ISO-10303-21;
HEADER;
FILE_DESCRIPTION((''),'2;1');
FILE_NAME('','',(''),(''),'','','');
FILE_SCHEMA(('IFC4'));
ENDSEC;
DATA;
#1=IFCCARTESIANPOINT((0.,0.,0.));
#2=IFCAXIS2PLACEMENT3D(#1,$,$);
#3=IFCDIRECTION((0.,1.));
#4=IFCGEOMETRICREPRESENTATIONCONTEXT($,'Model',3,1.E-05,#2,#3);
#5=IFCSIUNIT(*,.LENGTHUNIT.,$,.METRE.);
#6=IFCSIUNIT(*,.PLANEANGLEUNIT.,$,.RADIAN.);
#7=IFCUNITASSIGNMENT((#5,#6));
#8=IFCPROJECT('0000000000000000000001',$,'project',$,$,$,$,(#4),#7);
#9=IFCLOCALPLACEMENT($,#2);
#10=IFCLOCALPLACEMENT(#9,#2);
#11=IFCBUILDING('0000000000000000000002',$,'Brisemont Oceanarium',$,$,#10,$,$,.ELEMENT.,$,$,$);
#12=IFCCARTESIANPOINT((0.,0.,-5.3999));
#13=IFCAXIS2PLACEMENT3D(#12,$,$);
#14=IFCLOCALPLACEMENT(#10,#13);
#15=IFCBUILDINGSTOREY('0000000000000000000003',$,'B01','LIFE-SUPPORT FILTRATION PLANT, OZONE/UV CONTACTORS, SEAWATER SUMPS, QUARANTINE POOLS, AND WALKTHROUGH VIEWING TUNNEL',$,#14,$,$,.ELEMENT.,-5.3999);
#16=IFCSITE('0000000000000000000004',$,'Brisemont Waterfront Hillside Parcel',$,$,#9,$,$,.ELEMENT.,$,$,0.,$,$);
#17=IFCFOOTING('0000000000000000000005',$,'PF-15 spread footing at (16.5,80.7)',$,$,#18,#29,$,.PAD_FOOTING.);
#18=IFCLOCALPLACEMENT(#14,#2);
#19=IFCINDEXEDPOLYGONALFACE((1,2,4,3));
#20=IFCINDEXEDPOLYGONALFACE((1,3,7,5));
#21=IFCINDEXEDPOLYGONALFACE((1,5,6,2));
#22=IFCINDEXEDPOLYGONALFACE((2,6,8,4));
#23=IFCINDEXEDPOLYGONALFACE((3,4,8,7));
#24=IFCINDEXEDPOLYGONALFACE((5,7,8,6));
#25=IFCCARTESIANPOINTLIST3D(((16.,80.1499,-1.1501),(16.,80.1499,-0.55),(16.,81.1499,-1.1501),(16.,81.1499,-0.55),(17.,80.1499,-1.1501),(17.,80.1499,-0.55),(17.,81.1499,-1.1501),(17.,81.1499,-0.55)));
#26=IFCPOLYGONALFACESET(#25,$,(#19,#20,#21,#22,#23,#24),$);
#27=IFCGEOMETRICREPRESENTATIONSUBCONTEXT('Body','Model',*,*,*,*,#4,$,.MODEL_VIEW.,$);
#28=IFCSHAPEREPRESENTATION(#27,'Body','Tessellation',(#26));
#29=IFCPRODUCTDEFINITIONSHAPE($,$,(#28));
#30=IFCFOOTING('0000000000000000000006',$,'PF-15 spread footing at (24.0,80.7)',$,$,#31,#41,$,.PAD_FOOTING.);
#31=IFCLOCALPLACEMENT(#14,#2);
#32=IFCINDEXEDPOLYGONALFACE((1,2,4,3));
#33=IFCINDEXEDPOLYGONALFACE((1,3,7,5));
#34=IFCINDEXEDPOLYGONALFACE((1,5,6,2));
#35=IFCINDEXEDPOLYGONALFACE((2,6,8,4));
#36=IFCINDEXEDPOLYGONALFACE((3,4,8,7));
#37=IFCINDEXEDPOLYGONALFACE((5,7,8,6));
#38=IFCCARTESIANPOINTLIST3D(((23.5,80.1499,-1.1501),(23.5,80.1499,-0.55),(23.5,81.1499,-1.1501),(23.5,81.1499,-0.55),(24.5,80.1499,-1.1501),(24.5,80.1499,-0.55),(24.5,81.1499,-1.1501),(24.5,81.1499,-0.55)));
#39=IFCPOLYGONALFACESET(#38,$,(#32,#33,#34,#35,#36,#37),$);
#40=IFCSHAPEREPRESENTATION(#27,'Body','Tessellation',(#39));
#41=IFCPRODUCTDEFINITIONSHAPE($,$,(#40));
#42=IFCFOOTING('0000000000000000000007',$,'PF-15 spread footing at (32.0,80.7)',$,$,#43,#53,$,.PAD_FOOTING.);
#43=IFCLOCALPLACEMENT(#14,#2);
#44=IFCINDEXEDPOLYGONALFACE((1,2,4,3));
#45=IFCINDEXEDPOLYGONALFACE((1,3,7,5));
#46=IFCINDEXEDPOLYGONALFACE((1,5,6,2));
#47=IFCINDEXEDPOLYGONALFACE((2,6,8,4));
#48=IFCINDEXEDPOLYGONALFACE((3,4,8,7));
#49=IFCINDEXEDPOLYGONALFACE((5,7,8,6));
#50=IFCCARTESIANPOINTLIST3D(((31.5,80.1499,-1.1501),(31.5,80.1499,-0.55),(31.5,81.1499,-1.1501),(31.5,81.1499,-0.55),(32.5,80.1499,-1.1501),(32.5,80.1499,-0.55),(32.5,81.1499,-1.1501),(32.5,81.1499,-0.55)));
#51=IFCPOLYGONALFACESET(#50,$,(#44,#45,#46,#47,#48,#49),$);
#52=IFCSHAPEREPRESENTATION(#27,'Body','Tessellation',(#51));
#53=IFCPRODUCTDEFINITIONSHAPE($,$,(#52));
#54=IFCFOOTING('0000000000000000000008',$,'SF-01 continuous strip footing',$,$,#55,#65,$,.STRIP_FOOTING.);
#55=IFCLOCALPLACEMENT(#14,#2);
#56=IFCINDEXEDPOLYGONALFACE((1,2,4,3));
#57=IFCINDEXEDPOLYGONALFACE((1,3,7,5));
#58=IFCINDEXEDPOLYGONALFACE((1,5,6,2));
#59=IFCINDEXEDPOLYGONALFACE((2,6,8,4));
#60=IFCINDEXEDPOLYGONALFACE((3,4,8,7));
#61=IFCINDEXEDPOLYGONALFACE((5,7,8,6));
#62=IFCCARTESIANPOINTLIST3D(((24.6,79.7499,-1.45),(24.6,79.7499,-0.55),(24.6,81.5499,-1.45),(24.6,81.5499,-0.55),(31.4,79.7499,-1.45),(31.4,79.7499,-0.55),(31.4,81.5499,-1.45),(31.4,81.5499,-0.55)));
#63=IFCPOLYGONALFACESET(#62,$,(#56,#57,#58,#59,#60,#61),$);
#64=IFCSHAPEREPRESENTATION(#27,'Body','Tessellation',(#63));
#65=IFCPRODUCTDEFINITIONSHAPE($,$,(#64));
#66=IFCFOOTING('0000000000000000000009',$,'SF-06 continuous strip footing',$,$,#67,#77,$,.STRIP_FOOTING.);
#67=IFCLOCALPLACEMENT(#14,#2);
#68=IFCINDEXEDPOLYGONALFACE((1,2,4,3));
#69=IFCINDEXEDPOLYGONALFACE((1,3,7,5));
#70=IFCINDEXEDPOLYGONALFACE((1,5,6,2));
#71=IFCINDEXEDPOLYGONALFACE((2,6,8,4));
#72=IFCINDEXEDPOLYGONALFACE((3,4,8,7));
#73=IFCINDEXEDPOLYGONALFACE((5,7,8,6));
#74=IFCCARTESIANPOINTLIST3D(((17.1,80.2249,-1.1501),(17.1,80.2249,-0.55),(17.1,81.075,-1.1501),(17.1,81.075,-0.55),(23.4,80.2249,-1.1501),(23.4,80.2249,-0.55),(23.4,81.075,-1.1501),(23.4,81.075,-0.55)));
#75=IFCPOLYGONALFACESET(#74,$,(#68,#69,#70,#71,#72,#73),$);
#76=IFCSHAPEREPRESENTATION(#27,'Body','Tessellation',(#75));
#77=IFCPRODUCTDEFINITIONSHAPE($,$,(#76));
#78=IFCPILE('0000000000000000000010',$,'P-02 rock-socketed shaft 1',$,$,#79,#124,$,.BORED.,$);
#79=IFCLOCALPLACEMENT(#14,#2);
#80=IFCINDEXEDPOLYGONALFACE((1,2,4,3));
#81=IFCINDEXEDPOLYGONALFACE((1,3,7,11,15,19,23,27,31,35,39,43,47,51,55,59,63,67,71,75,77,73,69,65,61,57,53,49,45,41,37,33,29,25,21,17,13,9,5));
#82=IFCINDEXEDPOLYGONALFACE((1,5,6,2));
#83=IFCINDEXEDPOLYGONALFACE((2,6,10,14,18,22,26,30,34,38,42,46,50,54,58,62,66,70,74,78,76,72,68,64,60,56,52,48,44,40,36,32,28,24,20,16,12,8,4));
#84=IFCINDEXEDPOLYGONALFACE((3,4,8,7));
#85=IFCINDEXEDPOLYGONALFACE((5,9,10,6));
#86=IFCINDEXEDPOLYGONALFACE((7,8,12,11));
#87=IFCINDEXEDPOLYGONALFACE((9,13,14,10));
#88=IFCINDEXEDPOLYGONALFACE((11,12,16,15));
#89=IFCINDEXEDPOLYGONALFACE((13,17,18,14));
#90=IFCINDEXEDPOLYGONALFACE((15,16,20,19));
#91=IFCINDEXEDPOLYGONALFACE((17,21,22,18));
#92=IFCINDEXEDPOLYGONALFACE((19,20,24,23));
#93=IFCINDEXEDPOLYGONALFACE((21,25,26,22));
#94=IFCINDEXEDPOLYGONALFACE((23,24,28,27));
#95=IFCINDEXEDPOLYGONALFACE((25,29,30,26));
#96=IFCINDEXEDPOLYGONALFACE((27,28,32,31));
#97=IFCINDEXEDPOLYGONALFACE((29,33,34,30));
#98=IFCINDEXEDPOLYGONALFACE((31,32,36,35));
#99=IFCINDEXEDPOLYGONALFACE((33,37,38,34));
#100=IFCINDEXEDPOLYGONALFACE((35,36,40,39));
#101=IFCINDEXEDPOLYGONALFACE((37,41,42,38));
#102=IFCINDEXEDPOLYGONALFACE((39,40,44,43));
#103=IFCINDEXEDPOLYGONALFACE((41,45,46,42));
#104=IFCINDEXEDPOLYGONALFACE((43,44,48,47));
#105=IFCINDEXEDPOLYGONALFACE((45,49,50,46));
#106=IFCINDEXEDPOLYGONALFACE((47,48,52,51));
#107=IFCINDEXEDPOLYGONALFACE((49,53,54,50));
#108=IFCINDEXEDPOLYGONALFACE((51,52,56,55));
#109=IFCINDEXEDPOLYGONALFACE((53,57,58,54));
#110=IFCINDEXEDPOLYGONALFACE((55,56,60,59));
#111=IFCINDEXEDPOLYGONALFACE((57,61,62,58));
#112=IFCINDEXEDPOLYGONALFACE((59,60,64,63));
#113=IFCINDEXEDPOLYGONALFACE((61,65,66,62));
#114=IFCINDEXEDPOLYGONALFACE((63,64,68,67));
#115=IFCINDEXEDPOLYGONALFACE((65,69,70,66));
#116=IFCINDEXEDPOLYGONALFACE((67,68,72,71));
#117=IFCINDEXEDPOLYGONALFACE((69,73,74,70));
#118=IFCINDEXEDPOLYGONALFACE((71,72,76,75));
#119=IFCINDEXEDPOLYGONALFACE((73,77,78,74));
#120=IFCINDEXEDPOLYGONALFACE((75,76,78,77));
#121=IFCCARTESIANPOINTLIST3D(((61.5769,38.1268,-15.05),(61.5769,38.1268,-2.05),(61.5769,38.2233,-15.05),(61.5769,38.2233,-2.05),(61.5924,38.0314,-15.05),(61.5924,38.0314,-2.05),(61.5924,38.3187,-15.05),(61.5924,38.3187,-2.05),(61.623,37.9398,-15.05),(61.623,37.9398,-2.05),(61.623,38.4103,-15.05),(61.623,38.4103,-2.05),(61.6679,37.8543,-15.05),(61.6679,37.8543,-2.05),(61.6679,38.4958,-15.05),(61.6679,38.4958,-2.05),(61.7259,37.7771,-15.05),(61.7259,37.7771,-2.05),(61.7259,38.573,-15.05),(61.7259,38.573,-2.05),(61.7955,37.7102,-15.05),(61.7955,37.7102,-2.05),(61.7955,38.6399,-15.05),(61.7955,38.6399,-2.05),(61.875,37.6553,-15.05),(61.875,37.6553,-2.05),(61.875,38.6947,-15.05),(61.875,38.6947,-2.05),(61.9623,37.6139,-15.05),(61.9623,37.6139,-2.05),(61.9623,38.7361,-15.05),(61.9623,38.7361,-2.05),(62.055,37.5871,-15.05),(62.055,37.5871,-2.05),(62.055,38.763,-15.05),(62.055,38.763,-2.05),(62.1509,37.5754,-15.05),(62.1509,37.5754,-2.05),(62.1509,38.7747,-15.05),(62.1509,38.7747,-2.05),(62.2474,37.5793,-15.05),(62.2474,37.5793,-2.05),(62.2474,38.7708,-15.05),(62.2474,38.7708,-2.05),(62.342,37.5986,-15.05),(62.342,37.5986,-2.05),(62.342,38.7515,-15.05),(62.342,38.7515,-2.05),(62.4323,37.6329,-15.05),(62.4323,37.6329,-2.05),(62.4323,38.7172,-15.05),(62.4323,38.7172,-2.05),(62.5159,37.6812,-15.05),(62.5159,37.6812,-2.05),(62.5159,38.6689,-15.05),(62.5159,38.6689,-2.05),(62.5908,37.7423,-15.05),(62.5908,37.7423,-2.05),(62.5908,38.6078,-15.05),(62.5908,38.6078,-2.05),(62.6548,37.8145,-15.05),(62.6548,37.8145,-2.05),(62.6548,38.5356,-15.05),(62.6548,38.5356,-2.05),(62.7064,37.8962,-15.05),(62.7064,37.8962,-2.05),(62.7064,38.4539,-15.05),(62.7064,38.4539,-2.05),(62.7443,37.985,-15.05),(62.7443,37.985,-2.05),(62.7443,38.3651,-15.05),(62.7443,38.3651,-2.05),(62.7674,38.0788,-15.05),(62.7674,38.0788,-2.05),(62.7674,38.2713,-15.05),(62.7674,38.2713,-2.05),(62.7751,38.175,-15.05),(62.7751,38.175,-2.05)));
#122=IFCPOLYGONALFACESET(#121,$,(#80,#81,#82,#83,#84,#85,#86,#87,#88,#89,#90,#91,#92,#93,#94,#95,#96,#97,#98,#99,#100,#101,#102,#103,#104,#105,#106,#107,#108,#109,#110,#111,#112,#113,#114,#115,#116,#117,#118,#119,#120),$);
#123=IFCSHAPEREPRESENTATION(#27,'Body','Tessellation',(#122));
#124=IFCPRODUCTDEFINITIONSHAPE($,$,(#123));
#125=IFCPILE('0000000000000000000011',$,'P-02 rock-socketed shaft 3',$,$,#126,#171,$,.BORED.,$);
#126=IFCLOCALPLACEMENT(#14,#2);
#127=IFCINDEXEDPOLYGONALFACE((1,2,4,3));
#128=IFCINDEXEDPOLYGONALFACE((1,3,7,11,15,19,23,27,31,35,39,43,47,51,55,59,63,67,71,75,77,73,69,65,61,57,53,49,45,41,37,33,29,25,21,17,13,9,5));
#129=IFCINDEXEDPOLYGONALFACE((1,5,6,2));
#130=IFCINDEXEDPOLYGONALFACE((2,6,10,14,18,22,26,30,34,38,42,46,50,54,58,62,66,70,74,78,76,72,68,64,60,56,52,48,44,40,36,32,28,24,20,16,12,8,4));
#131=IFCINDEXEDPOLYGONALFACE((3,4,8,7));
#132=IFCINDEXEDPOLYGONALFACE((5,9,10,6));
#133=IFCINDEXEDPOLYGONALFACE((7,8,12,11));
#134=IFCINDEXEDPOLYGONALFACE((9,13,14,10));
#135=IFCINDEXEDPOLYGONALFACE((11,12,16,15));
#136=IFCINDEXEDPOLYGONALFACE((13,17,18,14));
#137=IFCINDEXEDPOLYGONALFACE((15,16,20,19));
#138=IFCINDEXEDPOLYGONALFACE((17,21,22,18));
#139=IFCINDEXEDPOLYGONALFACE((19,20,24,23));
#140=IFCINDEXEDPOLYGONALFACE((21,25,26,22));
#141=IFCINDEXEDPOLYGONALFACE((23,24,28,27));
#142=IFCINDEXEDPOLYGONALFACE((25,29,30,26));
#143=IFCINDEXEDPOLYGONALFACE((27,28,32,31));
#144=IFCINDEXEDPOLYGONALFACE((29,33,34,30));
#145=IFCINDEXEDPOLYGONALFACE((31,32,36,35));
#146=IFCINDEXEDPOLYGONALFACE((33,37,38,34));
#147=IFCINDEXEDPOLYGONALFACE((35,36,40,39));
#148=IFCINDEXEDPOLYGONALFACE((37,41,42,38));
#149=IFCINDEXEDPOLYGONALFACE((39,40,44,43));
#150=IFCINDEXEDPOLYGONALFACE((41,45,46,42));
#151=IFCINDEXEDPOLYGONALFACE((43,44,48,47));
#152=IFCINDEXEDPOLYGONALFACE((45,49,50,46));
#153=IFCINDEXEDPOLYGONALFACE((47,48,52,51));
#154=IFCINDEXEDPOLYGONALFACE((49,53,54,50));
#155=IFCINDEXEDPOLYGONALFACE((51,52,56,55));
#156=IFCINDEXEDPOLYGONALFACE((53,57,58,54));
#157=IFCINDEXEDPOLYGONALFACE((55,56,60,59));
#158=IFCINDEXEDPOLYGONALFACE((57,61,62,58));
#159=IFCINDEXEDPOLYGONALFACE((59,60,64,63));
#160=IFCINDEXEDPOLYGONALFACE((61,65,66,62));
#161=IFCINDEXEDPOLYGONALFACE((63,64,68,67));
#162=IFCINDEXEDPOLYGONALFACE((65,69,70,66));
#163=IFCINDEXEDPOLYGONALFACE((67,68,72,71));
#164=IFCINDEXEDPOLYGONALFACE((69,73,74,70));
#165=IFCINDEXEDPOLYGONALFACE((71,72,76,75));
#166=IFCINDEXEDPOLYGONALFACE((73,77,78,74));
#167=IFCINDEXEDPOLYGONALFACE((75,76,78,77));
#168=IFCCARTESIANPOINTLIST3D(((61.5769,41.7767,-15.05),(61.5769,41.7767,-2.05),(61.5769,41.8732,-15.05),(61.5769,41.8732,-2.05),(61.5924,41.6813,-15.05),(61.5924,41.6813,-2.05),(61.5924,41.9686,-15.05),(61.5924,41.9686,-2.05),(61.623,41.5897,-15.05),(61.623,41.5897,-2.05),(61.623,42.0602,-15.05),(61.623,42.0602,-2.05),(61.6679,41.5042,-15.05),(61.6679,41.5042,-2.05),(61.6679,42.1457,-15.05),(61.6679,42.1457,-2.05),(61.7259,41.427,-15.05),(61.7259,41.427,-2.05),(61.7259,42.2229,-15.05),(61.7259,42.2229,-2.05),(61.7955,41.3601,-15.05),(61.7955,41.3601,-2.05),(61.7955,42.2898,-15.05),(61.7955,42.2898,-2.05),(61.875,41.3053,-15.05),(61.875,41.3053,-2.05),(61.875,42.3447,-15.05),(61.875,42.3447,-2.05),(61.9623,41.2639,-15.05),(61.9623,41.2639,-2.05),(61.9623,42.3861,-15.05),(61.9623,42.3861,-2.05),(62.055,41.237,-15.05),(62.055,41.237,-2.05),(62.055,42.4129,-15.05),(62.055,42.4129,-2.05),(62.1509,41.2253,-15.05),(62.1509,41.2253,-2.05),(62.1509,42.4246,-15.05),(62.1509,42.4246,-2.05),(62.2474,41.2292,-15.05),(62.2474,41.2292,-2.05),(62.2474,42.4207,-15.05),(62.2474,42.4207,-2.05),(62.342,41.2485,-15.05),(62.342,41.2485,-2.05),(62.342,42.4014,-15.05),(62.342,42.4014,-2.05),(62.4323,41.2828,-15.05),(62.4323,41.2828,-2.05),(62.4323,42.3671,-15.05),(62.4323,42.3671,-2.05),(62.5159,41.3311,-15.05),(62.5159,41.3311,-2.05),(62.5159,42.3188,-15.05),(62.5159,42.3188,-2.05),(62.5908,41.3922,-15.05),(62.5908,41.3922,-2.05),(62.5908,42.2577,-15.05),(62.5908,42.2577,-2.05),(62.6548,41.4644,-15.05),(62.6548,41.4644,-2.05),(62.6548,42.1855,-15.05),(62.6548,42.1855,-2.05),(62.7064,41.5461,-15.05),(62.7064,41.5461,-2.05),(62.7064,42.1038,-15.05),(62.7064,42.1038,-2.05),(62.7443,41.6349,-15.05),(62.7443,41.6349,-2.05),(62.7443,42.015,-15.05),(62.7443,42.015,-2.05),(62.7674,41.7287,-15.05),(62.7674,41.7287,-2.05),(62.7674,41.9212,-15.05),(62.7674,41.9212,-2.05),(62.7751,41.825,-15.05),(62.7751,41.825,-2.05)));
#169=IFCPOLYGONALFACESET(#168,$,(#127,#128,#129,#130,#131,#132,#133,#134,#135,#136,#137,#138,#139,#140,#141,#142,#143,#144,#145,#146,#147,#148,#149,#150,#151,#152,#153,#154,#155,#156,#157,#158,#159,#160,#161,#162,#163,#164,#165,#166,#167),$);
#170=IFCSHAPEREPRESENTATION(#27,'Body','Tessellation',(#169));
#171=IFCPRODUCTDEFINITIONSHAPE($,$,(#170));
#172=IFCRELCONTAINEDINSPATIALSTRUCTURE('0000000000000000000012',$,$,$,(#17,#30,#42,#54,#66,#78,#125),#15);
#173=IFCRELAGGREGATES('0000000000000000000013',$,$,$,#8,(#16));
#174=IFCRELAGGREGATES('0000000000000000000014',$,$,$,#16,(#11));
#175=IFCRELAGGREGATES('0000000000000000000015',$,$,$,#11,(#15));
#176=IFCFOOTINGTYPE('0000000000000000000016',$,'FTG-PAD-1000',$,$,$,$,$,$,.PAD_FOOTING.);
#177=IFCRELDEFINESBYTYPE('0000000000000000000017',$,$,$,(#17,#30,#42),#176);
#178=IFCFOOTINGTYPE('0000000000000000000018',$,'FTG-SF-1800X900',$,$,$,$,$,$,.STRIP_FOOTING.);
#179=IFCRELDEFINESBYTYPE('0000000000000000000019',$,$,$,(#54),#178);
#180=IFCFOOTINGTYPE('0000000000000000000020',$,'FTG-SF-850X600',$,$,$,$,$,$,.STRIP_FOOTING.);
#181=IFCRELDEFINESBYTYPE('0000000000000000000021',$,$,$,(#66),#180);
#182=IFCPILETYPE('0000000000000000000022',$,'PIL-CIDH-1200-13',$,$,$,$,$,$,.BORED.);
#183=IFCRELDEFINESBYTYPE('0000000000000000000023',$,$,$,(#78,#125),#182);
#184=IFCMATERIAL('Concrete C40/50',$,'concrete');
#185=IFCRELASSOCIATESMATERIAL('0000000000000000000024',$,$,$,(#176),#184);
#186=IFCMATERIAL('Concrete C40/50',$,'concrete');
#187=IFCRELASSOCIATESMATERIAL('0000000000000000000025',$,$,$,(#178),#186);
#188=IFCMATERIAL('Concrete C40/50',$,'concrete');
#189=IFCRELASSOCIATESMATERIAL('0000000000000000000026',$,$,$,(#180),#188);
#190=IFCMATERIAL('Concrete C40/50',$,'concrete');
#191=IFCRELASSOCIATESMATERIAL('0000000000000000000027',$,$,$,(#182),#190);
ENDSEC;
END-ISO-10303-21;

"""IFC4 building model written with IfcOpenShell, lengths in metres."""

from ifc_helpers import new_model, si_unit, direction, frame, origin, origin_2d, place, context, subcontext, project, spatial, rectangle, circle, extrude, material, material_profile, profile_set, type_object, element, save


model = new_model("IFC4")

# Units and contexts
model_context = context("Model", 3, precision=1e-05, world=origin(), true_north=direction((0.0, 1.0)))
body_context = subcontext(model_context, "Body", "Model", "MODEL_VIEW")
ifc_project = project(units=[si_unit("LENGTHUNIT", "METRE"), si_unit("PLANEANGLEUNIT", "RADIAN")], contexts=[model_context])

# Site, building, storey
site_placement = place(None, origin())
site = spatial("IfcSite", under=ifc_project, at=site_placement, Name="Brisemont Waterfront Hillside Parcel", CompositionType="ELEMENT", RefElevation=0.0)
building_placement = place(site_placement, origin())
building = spatial("IfcBuilding", under=site, at=building_placement, Name="Brisemont Oceanarium", CompositionType="ELEMENT")
storey_placement = place(building_placement, frame((0.0, 0.0, -5.3999)))
storey = spatial("IfcBuildingStorey", under=building, at=storey_placement, Name="B01", Description="LIFE-SUPPORT FILTRATION PLANT, OZONE/UV CONTACTORS, SEAWATER SUMPS, QUARANTINE POOLS, AND WALKTHROUGH VIEWING TUNNEL", CompositionType="ELEMENT", Elevation=-5.3999)

# Footings
ifc_material_1 = material(Name="Concrete C40/50", Category="concrete")
footing_type_1 = type_object("IfcFootingType", Name="FTG-PAD-1000", PredefinedType="PAD_FOOTING", material=ifc_material_1)
for number, where, z_axis, x_axis, name in (
    (1, (16.5, 80.6499, -1.1501), (0.0, 0.0, 1.0), (1.0, 0.0, 0.0), "PF-15 spread footing at (16.5,80.7)"),
    (2, (24.0, 80.6499, -1.1501), (0.0, 0.0, 1.0), (1.0, 0.0, 0.0), "PF-15 spread footing at (24.0,80.7)"),
    (3, (32.0, 80.6499, -1.1501), (0.0, 0.0, 1.0), (1.0, 0.0, 0.0), "PF-15 spread footing at (32.0,80.7)"),
):
    element("IfcFooting", number, at=place(storey_placement, frame(where, z_axis=z_axis, x_axis=x_axis)), inside=storey, type_object=footing_type_1, Name=name, PredefinedType="PAD_FOOTING", context=body_context, shape_type="SweptSolid", body=[
        extrude(rectangle(XDim=1.0, YDim=1.0, at=origin_2d()), origin(), (0.0, 0.0, 1.0), 0.6001),
    ])
ifc_material_2 = material(Name="Concrete C40/50", Category="concrete")
footing_type_2 = type_object("IfcFootingType", Name="FTG-SF-1800X900", PredefinedType="STRIP_FOOTING", material=ifc_material_2)
footing_1_placement = place(storey_placement, frame((28.0, 80.6499, -1.45), z_axis=(0.0, 0.0, 1.0), x_axis=(1.0, 0.0, 0.0)))
element("IfcFooting", 4, at=footing_1_placement, inside=storey, type_object=footing_type_2, Name="SF-01 continuous strip footing", PredefinedType="STRIP_FOOTING", context=body_context, shape_type="SweptSolid", body=[
    extrude(rectangle(XDim=6.8, YDim=1.8, at=origin_2d()), origin(), (0.0, 0.0, 1.0), 0.8999),
])
ifc_material_3 = material(Name="Concrete C40/50", Category="concrete")
footing_type_3 = type_object("IfcFootingType", Name="FTG-SF-850X600", PredefinedType="STRIP_FOOTING", material=ifc_material_3)
footing_2_placement = place(storey_placement, frame((20.25, 80.6499, -1.1501), z_axis=(0.0, 0.0, 1.0), x_axis=(1.0, 0.0, 0.0)))
element("IfcFooting", 5, at=footing_2_placement, inside=storey, type_object=footing_type_3, Name="SF-06 continuous strip footing", PredefinedType="STRIP_FOOTING", context=body_context, shape_type="SweptSolid", body=[
    extrude(rectangle(XDim=6.3, YDim=0.8501, at=origin_2d()), origin(), (0.0, 0.0, 1.0), 0.6001),
])

# Piles
ifc_material_4 = material(Name="Concrete C40/50", Category="concrete")
ifc_material_profile_1 = material_profile(ifc_material_4, circle(Radius=0.6001, at=origin_2d()), Name="CIDH-D1200")
ifc_profile_set_1 = profile_set([ifc_material_profile_1], Name="Concrete C40/50")
pile_type = type_object("IfcPileType", Name="PIL-CIDH-1200-13", PredefinedType="BORED", material=ifc_profile_set_1)
for number, where, z_axis, x_axis, name in (
    (6, (62.175, 38.175, -2.05), (0.0, 0.0, -1.0), (1.0, 0.0, 0.0), "P-02 rock-socketed shaft 1"),
    (7, (62.175, 41.825, -2.05), (0.0, 0.0, -1.0), (1.0, 0.0, 0.0), "P-02 rock-socketed shaft 3"),
):
    element("IfcPile", number, at=place(storey_placement, frame(where, z_axis=z_axis, x_axis=x_axis)), inside=storey, type_object=pile_type, Name=name, PredefinedType="BORED", context=body_context, shape_type="SweptSolid", body=[
        extrude(circle(Radius=0.6001, at=origin_2d()), origin(), (0.0, 0.0, 1.0), 13.0),
    ])

save(model, "model.ifc")
